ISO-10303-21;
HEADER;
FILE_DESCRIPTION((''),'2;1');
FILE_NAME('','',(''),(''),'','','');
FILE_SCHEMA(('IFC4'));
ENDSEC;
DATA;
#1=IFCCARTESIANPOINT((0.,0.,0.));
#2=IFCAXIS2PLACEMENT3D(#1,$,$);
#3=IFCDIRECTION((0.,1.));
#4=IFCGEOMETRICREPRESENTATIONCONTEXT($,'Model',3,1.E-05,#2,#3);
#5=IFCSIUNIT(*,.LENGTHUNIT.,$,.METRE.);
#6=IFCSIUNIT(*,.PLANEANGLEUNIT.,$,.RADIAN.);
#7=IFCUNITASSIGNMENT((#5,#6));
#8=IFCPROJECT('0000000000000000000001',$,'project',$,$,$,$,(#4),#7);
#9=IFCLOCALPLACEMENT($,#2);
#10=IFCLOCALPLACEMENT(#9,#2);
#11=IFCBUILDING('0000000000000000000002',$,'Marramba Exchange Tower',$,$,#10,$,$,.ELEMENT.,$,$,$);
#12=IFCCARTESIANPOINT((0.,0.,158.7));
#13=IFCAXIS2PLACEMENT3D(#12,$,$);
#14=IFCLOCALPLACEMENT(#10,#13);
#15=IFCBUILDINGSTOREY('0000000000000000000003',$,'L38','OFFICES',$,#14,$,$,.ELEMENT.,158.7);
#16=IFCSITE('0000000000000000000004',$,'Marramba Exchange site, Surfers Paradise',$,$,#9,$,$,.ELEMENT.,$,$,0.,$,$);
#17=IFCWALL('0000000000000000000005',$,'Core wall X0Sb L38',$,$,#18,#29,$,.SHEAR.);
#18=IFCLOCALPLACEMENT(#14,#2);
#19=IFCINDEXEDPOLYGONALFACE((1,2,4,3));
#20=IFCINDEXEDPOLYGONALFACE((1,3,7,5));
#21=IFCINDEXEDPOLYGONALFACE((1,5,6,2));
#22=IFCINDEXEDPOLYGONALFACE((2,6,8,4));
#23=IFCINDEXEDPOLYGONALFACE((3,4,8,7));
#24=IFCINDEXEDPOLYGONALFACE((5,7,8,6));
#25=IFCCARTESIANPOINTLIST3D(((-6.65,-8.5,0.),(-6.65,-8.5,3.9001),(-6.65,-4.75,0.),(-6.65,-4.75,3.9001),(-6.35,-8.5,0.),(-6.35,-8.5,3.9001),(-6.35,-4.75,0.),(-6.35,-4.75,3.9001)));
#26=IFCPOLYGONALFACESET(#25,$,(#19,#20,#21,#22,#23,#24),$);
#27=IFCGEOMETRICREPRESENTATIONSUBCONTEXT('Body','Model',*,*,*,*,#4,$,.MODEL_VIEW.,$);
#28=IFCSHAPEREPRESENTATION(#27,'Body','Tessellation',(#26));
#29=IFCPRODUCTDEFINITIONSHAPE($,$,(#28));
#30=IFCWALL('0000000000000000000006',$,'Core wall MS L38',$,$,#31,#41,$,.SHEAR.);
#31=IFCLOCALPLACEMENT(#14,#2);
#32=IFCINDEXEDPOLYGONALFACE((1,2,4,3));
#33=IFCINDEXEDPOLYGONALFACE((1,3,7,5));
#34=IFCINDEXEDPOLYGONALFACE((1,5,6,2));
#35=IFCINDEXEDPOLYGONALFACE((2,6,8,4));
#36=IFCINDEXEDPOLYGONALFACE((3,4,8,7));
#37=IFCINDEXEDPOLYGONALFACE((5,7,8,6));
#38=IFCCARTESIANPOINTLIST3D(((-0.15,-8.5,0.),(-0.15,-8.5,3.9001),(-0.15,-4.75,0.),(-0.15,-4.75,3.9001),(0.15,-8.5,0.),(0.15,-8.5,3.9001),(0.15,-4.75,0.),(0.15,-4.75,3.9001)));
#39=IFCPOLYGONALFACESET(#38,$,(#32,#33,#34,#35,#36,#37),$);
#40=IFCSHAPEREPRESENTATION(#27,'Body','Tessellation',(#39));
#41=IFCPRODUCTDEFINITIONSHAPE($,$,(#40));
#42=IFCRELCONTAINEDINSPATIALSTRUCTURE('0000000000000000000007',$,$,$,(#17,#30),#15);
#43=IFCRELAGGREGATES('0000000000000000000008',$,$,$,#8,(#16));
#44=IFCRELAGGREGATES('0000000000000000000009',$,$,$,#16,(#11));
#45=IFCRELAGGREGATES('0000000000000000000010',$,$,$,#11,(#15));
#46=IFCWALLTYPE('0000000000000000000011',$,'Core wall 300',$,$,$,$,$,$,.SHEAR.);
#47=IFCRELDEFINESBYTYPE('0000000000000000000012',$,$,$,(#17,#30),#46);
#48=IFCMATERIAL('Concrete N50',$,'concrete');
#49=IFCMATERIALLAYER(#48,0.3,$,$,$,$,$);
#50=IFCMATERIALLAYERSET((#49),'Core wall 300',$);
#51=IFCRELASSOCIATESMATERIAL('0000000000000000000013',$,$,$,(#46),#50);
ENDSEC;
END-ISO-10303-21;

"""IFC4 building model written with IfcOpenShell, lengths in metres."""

from ifc_helpers import new_model, si_unit, direction, frame, frame_2d, origin, place, context, subcontext, project, spatial, rectangle, extrude, material, layer, layer_set, type_object, element, save


model = new_model("IFC4")

# Units and contexts
model_context = context("Model", 3, precision=1e-05, world=origin(), true_north=direction((0.0, 1.0)))
body_context = subcontext(model_context, "Body", "Model", "MODEL_VIEW")
ifc_project = project(units=[si_unit("LENGTHUNIT", "METRE"), si_unit("PLANEANGLEUNIT", "RADIAN")], contexts=[model_context])

# Site, building, storey
site_placement = place(None, origin())
site = spatial("IfcSite", under=ifc_project, at=site_placement, Name="Marramba Exchange site, Surfers Paradise", CompositionType="ELEMENT", RefElevation=0.0)
building_placement = place(site_placement, origin())
building = spatial("IfcBuilding", under=site, at=building_placement, Name="Marramba Exchange Tower", CompositionType="ELEMENT")
storey_placement = place(building_placement, frame((0.0, 0.0, 158.7)))
storey = spatial("IfcBuildingStorey", under=building, at=storey_placement, Name="L38", Description="OFFICES", CompositionType="ELEMENT", Elevation=158.7)

# Shared definitions
ifc_material_1 = material(Name="Concrete N50", Category="concrete")

# Shared definitions
ifc_layer_1 = layer(ifc_material_1, 0.3)
ifc_layer_set_1 = layer_set([ifc_layer_1], Name="Core wall 300")
wall_type_1 = type_object("IfcWallType", Name="Core wall 300", PredefinedType="SHEAR", material=ifc_layer_set_1)

# Walls
for number, where, z_axis, x_axis, name in (
    (1, (-6.5, -4.75, 0.0), (0.0, 0.0, 1.0), (0.0, -1.0, 0.0), "Core wall X0Sb L38"),
    (2, (0.0, -4.75, 0.0), (0.0, 0.0, 1.0), (0.0, -1.0, 0.0), "Core wall MS L38"),
):
    element("IfcWall", number, at=place(storey_placement, frame(where, z_axis=z_axis, x_axis=x_axis)), inside=storey, type_object=wall_type_1, Name=name, PredefinedType="SHEAR", context=body_context, shape_type="SweptSolid", body=[
        extrude(rectangle(XDim=3.75, YDim=0.3, at=frame_2d((1.875, 0.0))), origin(), (0.0, 0.0, 1.0), 3.9001),
    ])

save(model, "model.ifc")
